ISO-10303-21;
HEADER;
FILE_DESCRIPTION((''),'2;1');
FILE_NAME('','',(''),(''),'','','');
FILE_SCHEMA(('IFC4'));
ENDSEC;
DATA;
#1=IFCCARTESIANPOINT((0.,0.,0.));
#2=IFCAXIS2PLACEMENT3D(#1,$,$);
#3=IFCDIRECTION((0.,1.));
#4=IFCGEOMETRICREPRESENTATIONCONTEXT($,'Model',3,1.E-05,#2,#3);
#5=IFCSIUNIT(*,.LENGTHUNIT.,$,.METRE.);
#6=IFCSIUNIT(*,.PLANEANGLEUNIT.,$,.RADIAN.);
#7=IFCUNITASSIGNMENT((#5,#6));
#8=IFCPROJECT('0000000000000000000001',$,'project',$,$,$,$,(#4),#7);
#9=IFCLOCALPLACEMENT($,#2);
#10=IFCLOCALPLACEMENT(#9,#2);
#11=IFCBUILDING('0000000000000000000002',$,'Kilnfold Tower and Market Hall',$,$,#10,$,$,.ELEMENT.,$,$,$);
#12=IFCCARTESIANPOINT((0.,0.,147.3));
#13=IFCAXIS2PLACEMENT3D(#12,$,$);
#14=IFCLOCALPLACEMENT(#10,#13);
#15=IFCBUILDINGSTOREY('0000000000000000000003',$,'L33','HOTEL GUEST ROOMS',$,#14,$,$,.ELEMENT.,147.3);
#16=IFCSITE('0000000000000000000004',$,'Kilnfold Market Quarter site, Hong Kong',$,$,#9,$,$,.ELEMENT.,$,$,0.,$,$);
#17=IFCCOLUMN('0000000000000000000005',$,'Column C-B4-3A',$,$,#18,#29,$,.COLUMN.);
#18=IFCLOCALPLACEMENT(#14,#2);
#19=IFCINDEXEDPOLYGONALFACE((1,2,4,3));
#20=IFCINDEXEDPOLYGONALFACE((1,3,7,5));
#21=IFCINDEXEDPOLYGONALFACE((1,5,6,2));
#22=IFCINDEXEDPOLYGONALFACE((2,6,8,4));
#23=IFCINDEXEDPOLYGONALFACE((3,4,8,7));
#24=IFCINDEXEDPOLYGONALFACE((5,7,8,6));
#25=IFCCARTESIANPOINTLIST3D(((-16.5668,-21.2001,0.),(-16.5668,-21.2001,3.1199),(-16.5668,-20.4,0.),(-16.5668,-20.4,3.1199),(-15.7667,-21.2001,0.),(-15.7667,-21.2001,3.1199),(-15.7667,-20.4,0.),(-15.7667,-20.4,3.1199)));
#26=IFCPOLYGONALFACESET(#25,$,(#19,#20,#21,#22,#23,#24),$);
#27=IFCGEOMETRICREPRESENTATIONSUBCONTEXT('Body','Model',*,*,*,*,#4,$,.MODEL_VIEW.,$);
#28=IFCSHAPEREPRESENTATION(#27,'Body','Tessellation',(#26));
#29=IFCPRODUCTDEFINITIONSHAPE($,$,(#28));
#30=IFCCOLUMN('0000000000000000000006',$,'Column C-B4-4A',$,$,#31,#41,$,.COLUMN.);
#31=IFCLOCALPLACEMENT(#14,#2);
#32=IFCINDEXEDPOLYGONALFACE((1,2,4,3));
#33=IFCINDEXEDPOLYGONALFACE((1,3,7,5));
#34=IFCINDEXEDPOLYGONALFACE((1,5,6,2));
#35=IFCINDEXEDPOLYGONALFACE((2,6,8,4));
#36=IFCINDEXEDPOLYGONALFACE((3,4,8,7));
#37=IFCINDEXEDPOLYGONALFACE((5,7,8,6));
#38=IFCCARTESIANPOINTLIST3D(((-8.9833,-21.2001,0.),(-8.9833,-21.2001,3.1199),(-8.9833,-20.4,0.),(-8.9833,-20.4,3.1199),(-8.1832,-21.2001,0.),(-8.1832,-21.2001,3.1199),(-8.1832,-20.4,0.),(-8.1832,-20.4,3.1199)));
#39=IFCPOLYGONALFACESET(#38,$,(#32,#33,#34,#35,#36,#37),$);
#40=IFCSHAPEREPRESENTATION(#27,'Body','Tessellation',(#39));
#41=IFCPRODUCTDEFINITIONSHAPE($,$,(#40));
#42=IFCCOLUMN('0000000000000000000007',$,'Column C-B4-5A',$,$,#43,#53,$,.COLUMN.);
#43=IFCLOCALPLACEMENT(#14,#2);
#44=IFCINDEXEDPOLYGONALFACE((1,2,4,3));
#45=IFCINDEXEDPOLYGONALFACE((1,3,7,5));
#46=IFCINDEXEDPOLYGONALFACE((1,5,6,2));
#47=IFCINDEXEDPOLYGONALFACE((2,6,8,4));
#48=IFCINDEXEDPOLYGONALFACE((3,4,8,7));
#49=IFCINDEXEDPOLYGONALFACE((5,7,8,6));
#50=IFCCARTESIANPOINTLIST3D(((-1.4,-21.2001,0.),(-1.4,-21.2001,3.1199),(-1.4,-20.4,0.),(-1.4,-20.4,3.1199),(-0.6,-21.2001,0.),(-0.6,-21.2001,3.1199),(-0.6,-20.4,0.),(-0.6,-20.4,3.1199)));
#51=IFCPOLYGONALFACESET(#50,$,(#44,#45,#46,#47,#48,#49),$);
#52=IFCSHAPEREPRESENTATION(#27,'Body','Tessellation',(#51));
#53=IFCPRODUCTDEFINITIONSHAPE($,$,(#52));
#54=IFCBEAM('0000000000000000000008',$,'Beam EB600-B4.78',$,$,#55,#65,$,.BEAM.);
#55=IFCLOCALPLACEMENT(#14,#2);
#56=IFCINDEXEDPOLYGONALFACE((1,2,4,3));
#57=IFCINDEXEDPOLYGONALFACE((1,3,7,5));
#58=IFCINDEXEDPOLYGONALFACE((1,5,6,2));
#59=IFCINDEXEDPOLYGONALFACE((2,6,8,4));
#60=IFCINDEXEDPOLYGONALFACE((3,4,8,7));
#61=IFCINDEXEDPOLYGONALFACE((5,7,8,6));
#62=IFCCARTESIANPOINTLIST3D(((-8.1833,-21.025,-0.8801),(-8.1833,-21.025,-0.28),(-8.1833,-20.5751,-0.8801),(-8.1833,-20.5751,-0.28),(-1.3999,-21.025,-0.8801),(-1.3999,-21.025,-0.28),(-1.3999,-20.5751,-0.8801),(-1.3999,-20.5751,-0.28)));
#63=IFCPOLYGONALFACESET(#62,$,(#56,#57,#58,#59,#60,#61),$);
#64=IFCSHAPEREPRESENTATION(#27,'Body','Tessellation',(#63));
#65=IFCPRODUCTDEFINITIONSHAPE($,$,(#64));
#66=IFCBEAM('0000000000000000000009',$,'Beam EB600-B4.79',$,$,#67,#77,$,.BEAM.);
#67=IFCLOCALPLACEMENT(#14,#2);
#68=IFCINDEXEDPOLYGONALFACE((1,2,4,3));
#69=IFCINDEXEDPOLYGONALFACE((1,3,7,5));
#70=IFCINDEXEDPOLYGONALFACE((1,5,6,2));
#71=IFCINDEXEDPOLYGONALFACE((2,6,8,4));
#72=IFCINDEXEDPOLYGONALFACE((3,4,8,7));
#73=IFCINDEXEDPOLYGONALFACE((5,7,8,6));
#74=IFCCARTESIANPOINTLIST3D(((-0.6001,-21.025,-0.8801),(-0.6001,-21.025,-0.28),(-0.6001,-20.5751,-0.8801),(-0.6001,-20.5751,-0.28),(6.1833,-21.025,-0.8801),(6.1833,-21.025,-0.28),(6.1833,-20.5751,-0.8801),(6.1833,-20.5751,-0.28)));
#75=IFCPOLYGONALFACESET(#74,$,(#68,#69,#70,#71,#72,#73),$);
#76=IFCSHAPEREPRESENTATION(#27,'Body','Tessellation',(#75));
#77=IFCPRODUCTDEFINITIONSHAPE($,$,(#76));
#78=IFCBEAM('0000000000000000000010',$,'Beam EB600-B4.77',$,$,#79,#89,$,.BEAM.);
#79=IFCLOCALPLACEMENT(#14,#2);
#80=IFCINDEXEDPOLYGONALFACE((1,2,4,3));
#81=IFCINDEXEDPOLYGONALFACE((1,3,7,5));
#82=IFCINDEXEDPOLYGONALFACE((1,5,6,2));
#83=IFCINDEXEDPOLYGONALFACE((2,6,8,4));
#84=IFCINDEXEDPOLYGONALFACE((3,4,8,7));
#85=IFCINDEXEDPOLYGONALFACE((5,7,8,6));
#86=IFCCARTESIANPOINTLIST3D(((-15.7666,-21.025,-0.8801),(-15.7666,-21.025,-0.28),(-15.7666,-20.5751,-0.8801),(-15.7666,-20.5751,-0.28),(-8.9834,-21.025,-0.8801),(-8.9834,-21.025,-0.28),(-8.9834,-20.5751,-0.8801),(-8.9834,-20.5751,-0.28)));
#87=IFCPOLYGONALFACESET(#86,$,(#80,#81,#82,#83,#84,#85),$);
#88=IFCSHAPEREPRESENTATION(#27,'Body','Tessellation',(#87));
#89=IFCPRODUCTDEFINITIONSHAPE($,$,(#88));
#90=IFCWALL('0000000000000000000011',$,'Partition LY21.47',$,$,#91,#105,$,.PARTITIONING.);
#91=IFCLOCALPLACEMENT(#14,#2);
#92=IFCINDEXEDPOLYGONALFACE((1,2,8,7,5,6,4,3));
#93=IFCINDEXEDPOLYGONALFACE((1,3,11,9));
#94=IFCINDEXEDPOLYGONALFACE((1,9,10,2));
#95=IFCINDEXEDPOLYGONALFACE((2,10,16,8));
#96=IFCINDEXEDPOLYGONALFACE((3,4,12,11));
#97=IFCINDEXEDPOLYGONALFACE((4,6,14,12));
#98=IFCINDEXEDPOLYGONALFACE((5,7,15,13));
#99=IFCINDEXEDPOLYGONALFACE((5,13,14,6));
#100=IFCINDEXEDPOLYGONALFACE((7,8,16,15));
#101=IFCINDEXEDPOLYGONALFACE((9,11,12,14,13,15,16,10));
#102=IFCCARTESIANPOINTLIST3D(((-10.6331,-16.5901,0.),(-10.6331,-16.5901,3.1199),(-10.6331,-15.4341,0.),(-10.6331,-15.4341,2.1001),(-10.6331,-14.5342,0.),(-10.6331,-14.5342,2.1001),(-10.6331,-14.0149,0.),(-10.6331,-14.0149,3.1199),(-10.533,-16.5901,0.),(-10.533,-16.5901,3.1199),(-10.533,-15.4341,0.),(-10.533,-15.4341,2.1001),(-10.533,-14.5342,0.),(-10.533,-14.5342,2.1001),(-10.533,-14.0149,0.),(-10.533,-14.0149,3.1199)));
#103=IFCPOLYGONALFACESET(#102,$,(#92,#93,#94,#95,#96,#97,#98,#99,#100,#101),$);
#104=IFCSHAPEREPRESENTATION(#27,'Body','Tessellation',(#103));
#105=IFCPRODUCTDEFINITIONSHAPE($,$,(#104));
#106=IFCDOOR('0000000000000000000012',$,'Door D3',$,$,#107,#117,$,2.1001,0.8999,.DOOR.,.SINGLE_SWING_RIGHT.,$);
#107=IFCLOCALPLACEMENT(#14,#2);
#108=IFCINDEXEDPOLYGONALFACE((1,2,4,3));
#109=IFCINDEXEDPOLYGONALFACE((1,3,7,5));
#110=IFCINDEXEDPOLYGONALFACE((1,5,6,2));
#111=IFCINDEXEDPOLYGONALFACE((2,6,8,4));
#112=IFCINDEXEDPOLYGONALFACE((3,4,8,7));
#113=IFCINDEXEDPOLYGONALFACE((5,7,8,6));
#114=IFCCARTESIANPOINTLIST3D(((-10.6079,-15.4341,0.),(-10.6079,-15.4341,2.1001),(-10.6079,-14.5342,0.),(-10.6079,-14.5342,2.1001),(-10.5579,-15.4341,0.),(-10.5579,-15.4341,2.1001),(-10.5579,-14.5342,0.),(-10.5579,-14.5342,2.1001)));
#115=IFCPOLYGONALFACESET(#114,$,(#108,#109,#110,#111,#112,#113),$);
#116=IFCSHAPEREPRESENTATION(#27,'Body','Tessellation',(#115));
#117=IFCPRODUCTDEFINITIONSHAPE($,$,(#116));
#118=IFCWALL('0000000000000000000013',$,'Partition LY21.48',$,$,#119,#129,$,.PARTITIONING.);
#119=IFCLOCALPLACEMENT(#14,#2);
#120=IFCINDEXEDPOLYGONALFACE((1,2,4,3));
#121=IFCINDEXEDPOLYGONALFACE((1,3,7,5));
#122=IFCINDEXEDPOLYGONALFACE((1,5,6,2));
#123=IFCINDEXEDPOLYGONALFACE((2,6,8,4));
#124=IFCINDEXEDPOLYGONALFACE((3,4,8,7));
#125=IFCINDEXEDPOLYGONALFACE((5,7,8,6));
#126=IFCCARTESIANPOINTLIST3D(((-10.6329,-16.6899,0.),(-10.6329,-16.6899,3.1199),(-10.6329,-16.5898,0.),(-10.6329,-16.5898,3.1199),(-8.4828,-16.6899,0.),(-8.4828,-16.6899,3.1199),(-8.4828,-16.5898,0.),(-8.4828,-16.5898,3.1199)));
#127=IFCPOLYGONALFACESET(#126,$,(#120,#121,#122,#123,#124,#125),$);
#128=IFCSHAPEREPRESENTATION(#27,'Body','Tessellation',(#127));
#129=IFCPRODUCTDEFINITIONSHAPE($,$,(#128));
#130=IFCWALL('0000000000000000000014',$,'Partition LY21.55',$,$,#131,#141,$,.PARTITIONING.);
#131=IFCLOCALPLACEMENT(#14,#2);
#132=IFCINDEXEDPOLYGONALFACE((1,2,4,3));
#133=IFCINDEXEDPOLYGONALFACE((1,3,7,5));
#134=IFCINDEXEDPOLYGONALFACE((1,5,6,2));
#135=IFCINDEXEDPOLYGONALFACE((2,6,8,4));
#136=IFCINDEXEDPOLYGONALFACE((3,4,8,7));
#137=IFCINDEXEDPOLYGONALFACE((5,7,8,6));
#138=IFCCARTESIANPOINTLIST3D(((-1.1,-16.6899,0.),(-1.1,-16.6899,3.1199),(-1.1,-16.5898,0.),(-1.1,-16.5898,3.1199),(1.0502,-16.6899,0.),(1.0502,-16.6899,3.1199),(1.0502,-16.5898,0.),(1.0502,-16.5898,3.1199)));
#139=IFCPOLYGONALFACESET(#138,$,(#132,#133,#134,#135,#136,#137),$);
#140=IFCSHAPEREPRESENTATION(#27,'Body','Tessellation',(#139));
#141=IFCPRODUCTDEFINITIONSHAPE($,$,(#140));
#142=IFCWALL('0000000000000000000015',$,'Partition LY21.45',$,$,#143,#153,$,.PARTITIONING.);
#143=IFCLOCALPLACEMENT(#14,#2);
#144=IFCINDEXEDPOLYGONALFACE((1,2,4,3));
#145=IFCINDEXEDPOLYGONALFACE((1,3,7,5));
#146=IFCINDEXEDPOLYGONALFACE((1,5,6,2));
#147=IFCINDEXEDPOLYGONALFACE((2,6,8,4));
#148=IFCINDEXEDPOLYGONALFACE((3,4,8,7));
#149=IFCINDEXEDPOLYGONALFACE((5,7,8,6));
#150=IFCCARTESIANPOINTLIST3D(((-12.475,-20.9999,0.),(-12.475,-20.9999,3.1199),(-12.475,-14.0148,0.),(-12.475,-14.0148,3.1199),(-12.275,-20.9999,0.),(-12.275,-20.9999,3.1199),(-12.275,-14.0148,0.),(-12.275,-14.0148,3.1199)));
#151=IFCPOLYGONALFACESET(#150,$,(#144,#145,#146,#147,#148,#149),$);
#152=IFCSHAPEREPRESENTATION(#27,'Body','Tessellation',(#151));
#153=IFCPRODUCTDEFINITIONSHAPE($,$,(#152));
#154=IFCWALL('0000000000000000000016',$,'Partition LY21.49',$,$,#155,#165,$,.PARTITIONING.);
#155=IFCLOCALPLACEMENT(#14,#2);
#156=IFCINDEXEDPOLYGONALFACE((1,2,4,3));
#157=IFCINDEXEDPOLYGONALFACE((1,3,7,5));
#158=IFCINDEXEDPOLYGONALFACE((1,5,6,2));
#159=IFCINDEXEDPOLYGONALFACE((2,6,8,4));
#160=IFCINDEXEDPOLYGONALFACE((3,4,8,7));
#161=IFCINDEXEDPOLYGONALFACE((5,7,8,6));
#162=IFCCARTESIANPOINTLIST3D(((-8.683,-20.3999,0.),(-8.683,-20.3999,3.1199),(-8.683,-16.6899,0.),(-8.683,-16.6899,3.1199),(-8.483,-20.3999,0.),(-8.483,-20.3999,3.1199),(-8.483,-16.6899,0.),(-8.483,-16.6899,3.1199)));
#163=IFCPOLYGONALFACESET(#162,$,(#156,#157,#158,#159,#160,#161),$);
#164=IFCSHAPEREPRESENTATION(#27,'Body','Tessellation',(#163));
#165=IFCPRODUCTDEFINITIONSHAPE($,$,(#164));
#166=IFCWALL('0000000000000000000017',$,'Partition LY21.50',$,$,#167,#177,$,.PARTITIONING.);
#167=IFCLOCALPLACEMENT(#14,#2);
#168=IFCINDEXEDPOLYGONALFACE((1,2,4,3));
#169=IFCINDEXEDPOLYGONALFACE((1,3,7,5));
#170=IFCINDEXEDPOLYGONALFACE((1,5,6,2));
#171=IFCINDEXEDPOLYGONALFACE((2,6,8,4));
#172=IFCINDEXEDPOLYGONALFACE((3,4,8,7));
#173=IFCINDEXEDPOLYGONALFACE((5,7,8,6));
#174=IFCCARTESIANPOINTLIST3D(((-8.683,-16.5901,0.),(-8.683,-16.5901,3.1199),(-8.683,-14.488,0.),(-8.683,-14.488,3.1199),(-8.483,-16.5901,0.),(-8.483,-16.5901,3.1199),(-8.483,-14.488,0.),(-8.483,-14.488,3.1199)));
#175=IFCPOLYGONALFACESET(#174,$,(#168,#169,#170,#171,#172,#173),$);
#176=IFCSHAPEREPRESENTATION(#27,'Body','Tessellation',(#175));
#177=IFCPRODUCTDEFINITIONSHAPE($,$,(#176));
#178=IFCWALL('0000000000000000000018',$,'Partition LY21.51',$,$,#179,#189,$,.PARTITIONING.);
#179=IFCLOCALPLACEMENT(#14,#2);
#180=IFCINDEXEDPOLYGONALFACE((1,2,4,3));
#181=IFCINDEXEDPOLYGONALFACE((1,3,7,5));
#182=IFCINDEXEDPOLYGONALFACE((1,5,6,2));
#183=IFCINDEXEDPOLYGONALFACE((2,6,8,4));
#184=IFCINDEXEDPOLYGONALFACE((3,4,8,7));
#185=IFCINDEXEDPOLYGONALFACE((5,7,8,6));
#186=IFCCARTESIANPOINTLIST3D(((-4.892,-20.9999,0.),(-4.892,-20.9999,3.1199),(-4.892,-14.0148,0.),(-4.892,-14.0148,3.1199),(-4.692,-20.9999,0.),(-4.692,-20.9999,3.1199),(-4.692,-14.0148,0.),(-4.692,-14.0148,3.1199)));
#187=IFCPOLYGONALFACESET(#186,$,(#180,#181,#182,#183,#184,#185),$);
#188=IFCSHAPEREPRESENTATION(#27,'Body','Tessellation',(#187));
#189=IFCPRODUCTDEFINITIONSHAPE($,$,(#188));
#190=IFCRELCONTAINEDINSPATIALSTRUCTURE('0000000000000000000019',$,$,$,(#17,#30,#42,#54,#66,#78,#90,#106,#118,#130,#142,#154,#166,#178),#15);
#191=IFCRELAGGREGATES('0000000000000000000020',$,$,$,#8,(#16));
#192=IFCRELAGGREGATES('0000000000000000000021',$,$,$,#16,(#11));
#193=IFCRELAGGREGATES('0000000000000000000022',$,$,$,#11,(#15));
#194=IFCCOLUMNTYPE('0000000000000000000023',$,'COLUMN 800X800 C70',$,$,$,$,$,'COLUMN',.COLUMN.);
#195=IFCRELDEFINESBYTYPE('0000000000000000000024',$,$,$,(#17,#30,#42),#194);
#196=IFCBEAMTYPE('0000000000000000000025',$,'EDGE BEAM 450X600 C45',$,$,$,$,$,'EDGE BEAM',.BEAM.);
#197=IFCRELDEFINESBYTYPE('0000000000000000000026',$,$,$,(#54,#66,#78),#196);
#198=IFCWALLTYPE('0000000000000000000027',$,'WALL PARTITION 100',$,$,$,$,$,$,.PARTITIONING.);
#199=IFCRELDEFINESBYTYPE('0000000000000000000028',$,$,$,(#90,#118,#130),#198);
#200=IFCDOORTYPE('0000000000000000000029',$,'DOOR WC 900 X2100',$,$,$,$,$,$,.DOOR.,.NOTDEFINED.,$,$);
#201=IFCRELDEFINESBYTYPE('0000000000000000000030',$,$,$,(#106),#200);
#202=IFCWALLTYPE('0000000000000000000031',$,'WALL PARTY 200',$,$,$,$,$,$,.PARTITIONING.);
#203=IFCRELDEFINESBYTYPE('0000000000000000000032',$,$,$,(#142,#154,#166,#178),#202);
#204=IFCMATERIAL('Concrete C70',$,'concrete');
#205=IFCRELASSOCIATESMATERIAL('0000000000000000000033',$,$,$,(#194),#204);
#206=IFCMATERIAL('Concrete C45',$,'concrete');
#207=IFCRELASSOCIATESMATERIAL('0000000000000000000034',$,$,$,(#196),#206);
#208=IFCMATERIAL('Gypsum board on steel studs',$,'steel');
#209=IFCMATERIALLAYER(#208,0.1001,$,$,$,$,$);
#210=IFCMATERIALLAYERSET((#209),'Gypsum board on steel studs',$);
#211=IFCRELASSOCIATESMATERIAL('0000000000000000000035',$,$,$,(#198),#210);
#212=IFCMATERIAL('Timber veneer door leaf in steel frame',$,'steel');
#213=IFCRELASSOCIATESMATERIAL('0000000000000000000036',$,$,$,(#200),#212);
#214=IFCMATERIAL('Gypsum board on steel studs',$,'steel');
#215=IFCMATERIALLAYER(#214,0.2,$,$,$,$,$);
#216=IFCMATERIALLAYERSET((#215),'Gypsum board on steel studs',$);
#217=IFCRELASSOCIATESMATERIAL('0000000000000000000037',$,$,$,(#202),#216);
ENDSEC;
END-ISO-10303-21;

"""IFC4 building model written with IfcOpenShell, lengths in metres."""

from ifc_helpers import new_model, si_unit, direction, frame, frame_2d, origin, origin_2d, place, context, subcontext, project, spatial, rectangle, extrude, source, transform, mapped, material, layer, layer_set, material_profile, profile_set, type_object, element, fill, save


model = new_model("IFC4")

# Units and contexts
model_context = context("Model", 3, precision=1e-05, world=origin(), true_north=direction((0.0, 1.0)))
body_context = subcontext(model_context, "Body", "Model", "MODEL_VIEW")
ifc_project = project(units=[si_unit("LENGTHUNIT", "METRE"), si_unit("PLANEANGLEUNIT", "RADIAN")], contexts=[model_context])

# Site, building, storey
site_placement = place(None, origin())
site = spatial("IfcSite", under=ifc_project, at=site_placement, Name="Kilnfold Market Quarter site, Hong Kong", CompositionType="ELEMENT", RefElevation=0.0)
building_placement = place(site_placement, origin())
building = spatial("IfcBuilding", under=site, at=building_placement, Name="Kilnfold Tower and Market Hall", CompositionType="ELEMENT")
storey_placement = place(building_placement, frame((0.0, 0.0, 147.3)))
storey = spatial("IfcBuildingStorey", under=building, at=storey_placement, Name="L33", Description="HOTEL GUEST ROOMS", CompositionType="ELEMENT", Elevation=147.3)

# Columns
ifc_material_1 = material(Name="Concrete C70", Category="concrete")
ifc_material_profile_1 = material_profile(ifc_material_1, rectangle(XDim=0.8, YDim=0.8, at=origin_2d()), Name="RC 800x800")
ifc_profile_set_1 = profile_set([ifc_material_profile_1], Name="Concrete C70")
column_type = type_object("IfcColumnType", Name="COLUMN 800X800 C70", ElementType="COLUMN", PredefinedType="COLUMN", material=ifc_profile_set_1)
shared_shape_1 = source(origin(), body_context, "Body", "SweptSolid", [
    extrude(rectangle(XDim=0.8, YDim=0.8, at=origin_2d()), origin(), (0.0, 0.0, 1.0), 3.1199),
])
for number, where, z_axis, x_axis, name in (
    (1, (-16.1667, -20.8, 0.0), (0.0, 0.0, 1.0), (1.0, 0.0, 0.0), "Column C-B4-3A"),
    (2, (-8.5833, -20.8, 0.0), (0.0, 0.0, 1.0), (1.0, 0.0, 0.0), "Column C-B4-4A"),
    (3, (-1.0, -20.8, 0.0), (0.0, 0.0, 1.0), (1.0, 0.0, 0.0), "Column C-B4-5A"),
):
    element("IfcColumn", number, at=place(storey_placement, frame(where, z_axis=z_axis, x_axis=x_axis)), inside=storey, type_object=column_type, Name=name, PredefinedType="COLUMN", context=body_context, shape_type="MappedRepresentation", body=[
        mapped(shared_shape_1, transform((0.0, 0.0, 0.0))),
    ])

# Beams
ifc_material_2 = material(Name="Concrete C45", Category="concrete")
ifc_material_profile_2 = material_profile(ifc_material_2, rectangle(XDim=0.45, YDim=0.6001, at=origin_2d()), Name="RC 450x600")
ifc_profile_set_2 = profile_set([ifc_material_profile_2], Name="Concrete C45")
beam_type = type_object("IfcBeamType", Name="EDGE BEAM 450X600 C45", ElementType="EDGE BEAM", PredefinedType="BEAM", material=ifc_profile_set_2)
shared_shape_2 = source(origin(), body_context, "Body", "SweptSolid", [
    extrude(rectangle(XDim=0.45, YDim=0.6001, at=origin_2d()), origin(), (0.0, 0.0, 1.0), 6.7834),
])
for number, where, z_axis, x_axis, name in (
    (4, (-8.1833, -20.8, -0.5801), (1.0, 0.0, 0.0), (0.0, 1.0, 0.0), "Beam EB600-B4.78"),
    (5, (-0.6001, -20.8, -0.5801), (1.0, 0.0, 0.0), (0.0, 1.0, 0.0), "Beam EB600-B4.79"),
):
    element("IfcBeam", number, at=place(storey_placement, frame(where, z_axis=z_axis, x_axis=x_axis)), inside=storey, type_object=beam_type, Name=name, PredefinedType="BEAM", context=body_context, shape_type="MappedRepresentation", body=[
        mapped(shared_shape_2, transform((0.0, 0.0, 0.0))),
    ])
shared_shape_3 = source(origin(), body_context, "Body", "SweptSolid", [
    extrude(rectangle(XDim=0.45, YDim=0.6001, at=origin_2d()), origin(), (0.0, 0.0, 1.0), 6.7832),
])
beam_placement = place(storey_placement, frame((-15.7666, -20.8, -0.5801), z_axis=(1.0, 0.0, 0.0), x_axis=(0.0, 1.0, 0.0)))
element("IfcBeam", 6, at=beam_placement, inside=storey, type_object=beam_type, Name="Beam EB600-B4.77", PredefinedType="BEAM", context=body_context, shape_type="MappedRepresentation", body=[
    mapped(shared_shape_3, transform((0.0, 0.0, 0.0))),
])

# Wall, opening, door
ifc_material_3 = material(Name="Gypsum board on steel studs", Category="steel")
ifc_layer_1 = layer(ifc_material_3, 0.1001)
ifc_layer_set_1 = layer_set([ifc_layer_1], Name="Gypsum board on steel studs")
wall_type_1 = type_object("IfcWallType", Name="WALL PARTITION 100", PredefinedType="PARTITIONING", material=ifc_layer_set_1)
wall_1_placement = place(storey_placement, frame((-10.583, -16.5901, 0.0), z_axis=(0.0, 0.0, 1.0), x_axis=(0.0, 1.0, 0.0)))
wall_1 = element("IfcWall", 7, at=wall_1_placement, inside=storey, type_object=wall_type_1, Name="Partition LY21.47", PredefinedType="PARTITIONING", context=body_context, shape_type="SweptSolid", body=[
    extrude(rectangle(XDim=2.5752, YDim=0.1001, at=frame_2d((1.2876, 0.0))), origin(), (0.0, 0.0, 1.0), 3.1199),
])
opening_1_placement = place(wall_1_placement, frame((1.156, 0.0, 0.0)))
opening_1 = element("IfcOpeningElement", 8, at=opening_1_placement, cuts=wall_1, PredefinedType="OPENING", context=body_context, shape_type="SweptSolid", body=[
    extrude(rectangle(XDim=0.8999, YDim=2.1001, at=frame_2d((0.45, 1.05))), frame((0.0, 0.0601, 0.0), z_axis=(0.0, -1.0, 0.0), x_axis=(1.0, 0.0, 0.0)), (0.0, 0.0, 1.0), 0.1201),
])
ifc_material_4 = material(Name="Timber veneer door leaf in steel frame", Category="steel")
door_type = type_object("IfcDoorType", Name="DOOR WC 900 X2100", OperationType="NOTDEFINED", PredefinedType="DOOR", material=ifc_material_4)
door_placement = place(opening_1_placement, origin())
door = element("IfcDoor", 9, at=door_placement, inside=storey, type_object=door_type, Name="Door D3", OperationType="SINGLE_SWING_RIGHT", OverallHeight=2.1001, OverallWidth=0.8999, PredefinedType="DOOR", context=body_context, shape_type="SweptSolid", body=[
    extrude(rectangle(XDim=0.8999, YDim=2.1001, at=frame_2d((0.45, 1.05))), frame((0.0, 0.0249, 0.0), z_axis=(0.0, -1.0, 0.0), x_axis=(1.0, 0.0, 0.0)), (0.0, 0.0, 1.0), 0.05),
])
fill(opening_1, door)

# Walls
for number, where, z_axis, x_axis, name in (
    (10, (-10.6331, -16.6399, 0.0), (0.0, 0.0, 1.0), (1.0, 0.0, 0.0), "Partition LY21.48"),
    (11, (-1.1001, -16.6399, 0.0), (0.0, 0.0, 1.0), (1.0, 0.0, 0.0), "Partition LY21.55"),
):
    element("IfcWall", number, at=place(storey_placement, frame(where, z_axis=z_axis, x_axis=x_axis)), inside=storey, type_object=wall_type_1, Name=name, PredefinedType="PARTITIONING", context=body_context, shape_type="SweptSolid", body=[
        extrude(rectangle(XDim=2.1501, YDim=0.1001, at=frame_2d((1.0752, 0.0))), origin(), (0.0, 0.0, 1.0), 3.1199),
    ])
ifc_material_5 = material(Name="Gypsum board on steel studs", Category="steel")
ifc_layer_2 = layer(ifc_material_5, 0.2)
ifc_layer_set_2 = layer_set([ifc_layer_2], Name="Gypsum board on steel studs")
wall_type_2 = type_object("IfcWallType", Name="WALL PARTY 200", PredefinedType="PARTITIONING", material=ifc_layer_set_2)
wall_2_placement = place(storey_placement, frame((-12.375, -21.0, 0.0), z_axis=(0.0, 0.0, 1.0), x_axis=(0.0, 1.0, 0.0)))
element("IfcWall", 12, at=wall_2_placement, inside=storey, type_object=wall_type_2, Name="Partition LY21.45", PredefinedType="PARTITIONING", context=body_context, shape_type="SweptSolid", body=[
    extrude(rectangle(XDim=6.9851, YDim=0.2, at=frame_2d((3.4927, 0.0))), origin(), (0.0, 0.0, 1.0), 3.1199),
])
wall_3_placement = place(storey_placement, frame((-8.583, -20.3999, 0.0), z_axis=(0.0, 0.0, 1.0), x_axis=(0.0, 1.0, 0.0)))
element("IfcWall", 13, at=wall_3_placement, inside=storey, type_object=wall_type_2, Name="Partition LY21.49", PredefinedType="PARTITIONING", context=body_context, shape_type="SweptSolid", body=[
    extrude(rectangle(XDim=3.71, YDim=0.2, at=frame_2d((1.855, 0.0))), origin(), (0.0, 0.0, 1.0), 3.1199),
])
wall_4_placement = place(storey_placement, frame((-8.583, -16.5901, 0.0), z_axis=(0.0, 0.0, 1.0), x_axis=(0.0, 1.0, 0.0)))
element("IfcWall", 14, at=wall_4_placement, inside=storey, type_object=wall_type_2, Name="Partition LY21.50", PredefinedType="PARTITIONING", context=body_context, shape_type="SweptSolid", body=[
    extrude(rectangle(XDim=2.1021, YDim=0.2, at=frame_2d((1.051, 0.0))), origin(), (0.0, 0.0, 1.0), 3.1199),
])
wall_5_placement = place(storey_placement, frame((-4.792, -21.0, 0.0), z_axis=(0.0, 0.0, 1.0), x_axis=(0.0, 1.0, 0.0)))
element("IfcWall", 15, at=wall_5_placement, inside=storey, type_object=wall_type_2, Name="Partition LY21.51", PredefinedType="PARTITIONING", context=body_context, shape_type="SweptSolid", body=[
    extrude(rectangle(XDim=6.9851, YDim=0.2, at=frame_2d((3.4927, 0.0))), origin(), (0.0, 0.0, 1.0), 3.1199),
])

save(model, "model.ifc")
